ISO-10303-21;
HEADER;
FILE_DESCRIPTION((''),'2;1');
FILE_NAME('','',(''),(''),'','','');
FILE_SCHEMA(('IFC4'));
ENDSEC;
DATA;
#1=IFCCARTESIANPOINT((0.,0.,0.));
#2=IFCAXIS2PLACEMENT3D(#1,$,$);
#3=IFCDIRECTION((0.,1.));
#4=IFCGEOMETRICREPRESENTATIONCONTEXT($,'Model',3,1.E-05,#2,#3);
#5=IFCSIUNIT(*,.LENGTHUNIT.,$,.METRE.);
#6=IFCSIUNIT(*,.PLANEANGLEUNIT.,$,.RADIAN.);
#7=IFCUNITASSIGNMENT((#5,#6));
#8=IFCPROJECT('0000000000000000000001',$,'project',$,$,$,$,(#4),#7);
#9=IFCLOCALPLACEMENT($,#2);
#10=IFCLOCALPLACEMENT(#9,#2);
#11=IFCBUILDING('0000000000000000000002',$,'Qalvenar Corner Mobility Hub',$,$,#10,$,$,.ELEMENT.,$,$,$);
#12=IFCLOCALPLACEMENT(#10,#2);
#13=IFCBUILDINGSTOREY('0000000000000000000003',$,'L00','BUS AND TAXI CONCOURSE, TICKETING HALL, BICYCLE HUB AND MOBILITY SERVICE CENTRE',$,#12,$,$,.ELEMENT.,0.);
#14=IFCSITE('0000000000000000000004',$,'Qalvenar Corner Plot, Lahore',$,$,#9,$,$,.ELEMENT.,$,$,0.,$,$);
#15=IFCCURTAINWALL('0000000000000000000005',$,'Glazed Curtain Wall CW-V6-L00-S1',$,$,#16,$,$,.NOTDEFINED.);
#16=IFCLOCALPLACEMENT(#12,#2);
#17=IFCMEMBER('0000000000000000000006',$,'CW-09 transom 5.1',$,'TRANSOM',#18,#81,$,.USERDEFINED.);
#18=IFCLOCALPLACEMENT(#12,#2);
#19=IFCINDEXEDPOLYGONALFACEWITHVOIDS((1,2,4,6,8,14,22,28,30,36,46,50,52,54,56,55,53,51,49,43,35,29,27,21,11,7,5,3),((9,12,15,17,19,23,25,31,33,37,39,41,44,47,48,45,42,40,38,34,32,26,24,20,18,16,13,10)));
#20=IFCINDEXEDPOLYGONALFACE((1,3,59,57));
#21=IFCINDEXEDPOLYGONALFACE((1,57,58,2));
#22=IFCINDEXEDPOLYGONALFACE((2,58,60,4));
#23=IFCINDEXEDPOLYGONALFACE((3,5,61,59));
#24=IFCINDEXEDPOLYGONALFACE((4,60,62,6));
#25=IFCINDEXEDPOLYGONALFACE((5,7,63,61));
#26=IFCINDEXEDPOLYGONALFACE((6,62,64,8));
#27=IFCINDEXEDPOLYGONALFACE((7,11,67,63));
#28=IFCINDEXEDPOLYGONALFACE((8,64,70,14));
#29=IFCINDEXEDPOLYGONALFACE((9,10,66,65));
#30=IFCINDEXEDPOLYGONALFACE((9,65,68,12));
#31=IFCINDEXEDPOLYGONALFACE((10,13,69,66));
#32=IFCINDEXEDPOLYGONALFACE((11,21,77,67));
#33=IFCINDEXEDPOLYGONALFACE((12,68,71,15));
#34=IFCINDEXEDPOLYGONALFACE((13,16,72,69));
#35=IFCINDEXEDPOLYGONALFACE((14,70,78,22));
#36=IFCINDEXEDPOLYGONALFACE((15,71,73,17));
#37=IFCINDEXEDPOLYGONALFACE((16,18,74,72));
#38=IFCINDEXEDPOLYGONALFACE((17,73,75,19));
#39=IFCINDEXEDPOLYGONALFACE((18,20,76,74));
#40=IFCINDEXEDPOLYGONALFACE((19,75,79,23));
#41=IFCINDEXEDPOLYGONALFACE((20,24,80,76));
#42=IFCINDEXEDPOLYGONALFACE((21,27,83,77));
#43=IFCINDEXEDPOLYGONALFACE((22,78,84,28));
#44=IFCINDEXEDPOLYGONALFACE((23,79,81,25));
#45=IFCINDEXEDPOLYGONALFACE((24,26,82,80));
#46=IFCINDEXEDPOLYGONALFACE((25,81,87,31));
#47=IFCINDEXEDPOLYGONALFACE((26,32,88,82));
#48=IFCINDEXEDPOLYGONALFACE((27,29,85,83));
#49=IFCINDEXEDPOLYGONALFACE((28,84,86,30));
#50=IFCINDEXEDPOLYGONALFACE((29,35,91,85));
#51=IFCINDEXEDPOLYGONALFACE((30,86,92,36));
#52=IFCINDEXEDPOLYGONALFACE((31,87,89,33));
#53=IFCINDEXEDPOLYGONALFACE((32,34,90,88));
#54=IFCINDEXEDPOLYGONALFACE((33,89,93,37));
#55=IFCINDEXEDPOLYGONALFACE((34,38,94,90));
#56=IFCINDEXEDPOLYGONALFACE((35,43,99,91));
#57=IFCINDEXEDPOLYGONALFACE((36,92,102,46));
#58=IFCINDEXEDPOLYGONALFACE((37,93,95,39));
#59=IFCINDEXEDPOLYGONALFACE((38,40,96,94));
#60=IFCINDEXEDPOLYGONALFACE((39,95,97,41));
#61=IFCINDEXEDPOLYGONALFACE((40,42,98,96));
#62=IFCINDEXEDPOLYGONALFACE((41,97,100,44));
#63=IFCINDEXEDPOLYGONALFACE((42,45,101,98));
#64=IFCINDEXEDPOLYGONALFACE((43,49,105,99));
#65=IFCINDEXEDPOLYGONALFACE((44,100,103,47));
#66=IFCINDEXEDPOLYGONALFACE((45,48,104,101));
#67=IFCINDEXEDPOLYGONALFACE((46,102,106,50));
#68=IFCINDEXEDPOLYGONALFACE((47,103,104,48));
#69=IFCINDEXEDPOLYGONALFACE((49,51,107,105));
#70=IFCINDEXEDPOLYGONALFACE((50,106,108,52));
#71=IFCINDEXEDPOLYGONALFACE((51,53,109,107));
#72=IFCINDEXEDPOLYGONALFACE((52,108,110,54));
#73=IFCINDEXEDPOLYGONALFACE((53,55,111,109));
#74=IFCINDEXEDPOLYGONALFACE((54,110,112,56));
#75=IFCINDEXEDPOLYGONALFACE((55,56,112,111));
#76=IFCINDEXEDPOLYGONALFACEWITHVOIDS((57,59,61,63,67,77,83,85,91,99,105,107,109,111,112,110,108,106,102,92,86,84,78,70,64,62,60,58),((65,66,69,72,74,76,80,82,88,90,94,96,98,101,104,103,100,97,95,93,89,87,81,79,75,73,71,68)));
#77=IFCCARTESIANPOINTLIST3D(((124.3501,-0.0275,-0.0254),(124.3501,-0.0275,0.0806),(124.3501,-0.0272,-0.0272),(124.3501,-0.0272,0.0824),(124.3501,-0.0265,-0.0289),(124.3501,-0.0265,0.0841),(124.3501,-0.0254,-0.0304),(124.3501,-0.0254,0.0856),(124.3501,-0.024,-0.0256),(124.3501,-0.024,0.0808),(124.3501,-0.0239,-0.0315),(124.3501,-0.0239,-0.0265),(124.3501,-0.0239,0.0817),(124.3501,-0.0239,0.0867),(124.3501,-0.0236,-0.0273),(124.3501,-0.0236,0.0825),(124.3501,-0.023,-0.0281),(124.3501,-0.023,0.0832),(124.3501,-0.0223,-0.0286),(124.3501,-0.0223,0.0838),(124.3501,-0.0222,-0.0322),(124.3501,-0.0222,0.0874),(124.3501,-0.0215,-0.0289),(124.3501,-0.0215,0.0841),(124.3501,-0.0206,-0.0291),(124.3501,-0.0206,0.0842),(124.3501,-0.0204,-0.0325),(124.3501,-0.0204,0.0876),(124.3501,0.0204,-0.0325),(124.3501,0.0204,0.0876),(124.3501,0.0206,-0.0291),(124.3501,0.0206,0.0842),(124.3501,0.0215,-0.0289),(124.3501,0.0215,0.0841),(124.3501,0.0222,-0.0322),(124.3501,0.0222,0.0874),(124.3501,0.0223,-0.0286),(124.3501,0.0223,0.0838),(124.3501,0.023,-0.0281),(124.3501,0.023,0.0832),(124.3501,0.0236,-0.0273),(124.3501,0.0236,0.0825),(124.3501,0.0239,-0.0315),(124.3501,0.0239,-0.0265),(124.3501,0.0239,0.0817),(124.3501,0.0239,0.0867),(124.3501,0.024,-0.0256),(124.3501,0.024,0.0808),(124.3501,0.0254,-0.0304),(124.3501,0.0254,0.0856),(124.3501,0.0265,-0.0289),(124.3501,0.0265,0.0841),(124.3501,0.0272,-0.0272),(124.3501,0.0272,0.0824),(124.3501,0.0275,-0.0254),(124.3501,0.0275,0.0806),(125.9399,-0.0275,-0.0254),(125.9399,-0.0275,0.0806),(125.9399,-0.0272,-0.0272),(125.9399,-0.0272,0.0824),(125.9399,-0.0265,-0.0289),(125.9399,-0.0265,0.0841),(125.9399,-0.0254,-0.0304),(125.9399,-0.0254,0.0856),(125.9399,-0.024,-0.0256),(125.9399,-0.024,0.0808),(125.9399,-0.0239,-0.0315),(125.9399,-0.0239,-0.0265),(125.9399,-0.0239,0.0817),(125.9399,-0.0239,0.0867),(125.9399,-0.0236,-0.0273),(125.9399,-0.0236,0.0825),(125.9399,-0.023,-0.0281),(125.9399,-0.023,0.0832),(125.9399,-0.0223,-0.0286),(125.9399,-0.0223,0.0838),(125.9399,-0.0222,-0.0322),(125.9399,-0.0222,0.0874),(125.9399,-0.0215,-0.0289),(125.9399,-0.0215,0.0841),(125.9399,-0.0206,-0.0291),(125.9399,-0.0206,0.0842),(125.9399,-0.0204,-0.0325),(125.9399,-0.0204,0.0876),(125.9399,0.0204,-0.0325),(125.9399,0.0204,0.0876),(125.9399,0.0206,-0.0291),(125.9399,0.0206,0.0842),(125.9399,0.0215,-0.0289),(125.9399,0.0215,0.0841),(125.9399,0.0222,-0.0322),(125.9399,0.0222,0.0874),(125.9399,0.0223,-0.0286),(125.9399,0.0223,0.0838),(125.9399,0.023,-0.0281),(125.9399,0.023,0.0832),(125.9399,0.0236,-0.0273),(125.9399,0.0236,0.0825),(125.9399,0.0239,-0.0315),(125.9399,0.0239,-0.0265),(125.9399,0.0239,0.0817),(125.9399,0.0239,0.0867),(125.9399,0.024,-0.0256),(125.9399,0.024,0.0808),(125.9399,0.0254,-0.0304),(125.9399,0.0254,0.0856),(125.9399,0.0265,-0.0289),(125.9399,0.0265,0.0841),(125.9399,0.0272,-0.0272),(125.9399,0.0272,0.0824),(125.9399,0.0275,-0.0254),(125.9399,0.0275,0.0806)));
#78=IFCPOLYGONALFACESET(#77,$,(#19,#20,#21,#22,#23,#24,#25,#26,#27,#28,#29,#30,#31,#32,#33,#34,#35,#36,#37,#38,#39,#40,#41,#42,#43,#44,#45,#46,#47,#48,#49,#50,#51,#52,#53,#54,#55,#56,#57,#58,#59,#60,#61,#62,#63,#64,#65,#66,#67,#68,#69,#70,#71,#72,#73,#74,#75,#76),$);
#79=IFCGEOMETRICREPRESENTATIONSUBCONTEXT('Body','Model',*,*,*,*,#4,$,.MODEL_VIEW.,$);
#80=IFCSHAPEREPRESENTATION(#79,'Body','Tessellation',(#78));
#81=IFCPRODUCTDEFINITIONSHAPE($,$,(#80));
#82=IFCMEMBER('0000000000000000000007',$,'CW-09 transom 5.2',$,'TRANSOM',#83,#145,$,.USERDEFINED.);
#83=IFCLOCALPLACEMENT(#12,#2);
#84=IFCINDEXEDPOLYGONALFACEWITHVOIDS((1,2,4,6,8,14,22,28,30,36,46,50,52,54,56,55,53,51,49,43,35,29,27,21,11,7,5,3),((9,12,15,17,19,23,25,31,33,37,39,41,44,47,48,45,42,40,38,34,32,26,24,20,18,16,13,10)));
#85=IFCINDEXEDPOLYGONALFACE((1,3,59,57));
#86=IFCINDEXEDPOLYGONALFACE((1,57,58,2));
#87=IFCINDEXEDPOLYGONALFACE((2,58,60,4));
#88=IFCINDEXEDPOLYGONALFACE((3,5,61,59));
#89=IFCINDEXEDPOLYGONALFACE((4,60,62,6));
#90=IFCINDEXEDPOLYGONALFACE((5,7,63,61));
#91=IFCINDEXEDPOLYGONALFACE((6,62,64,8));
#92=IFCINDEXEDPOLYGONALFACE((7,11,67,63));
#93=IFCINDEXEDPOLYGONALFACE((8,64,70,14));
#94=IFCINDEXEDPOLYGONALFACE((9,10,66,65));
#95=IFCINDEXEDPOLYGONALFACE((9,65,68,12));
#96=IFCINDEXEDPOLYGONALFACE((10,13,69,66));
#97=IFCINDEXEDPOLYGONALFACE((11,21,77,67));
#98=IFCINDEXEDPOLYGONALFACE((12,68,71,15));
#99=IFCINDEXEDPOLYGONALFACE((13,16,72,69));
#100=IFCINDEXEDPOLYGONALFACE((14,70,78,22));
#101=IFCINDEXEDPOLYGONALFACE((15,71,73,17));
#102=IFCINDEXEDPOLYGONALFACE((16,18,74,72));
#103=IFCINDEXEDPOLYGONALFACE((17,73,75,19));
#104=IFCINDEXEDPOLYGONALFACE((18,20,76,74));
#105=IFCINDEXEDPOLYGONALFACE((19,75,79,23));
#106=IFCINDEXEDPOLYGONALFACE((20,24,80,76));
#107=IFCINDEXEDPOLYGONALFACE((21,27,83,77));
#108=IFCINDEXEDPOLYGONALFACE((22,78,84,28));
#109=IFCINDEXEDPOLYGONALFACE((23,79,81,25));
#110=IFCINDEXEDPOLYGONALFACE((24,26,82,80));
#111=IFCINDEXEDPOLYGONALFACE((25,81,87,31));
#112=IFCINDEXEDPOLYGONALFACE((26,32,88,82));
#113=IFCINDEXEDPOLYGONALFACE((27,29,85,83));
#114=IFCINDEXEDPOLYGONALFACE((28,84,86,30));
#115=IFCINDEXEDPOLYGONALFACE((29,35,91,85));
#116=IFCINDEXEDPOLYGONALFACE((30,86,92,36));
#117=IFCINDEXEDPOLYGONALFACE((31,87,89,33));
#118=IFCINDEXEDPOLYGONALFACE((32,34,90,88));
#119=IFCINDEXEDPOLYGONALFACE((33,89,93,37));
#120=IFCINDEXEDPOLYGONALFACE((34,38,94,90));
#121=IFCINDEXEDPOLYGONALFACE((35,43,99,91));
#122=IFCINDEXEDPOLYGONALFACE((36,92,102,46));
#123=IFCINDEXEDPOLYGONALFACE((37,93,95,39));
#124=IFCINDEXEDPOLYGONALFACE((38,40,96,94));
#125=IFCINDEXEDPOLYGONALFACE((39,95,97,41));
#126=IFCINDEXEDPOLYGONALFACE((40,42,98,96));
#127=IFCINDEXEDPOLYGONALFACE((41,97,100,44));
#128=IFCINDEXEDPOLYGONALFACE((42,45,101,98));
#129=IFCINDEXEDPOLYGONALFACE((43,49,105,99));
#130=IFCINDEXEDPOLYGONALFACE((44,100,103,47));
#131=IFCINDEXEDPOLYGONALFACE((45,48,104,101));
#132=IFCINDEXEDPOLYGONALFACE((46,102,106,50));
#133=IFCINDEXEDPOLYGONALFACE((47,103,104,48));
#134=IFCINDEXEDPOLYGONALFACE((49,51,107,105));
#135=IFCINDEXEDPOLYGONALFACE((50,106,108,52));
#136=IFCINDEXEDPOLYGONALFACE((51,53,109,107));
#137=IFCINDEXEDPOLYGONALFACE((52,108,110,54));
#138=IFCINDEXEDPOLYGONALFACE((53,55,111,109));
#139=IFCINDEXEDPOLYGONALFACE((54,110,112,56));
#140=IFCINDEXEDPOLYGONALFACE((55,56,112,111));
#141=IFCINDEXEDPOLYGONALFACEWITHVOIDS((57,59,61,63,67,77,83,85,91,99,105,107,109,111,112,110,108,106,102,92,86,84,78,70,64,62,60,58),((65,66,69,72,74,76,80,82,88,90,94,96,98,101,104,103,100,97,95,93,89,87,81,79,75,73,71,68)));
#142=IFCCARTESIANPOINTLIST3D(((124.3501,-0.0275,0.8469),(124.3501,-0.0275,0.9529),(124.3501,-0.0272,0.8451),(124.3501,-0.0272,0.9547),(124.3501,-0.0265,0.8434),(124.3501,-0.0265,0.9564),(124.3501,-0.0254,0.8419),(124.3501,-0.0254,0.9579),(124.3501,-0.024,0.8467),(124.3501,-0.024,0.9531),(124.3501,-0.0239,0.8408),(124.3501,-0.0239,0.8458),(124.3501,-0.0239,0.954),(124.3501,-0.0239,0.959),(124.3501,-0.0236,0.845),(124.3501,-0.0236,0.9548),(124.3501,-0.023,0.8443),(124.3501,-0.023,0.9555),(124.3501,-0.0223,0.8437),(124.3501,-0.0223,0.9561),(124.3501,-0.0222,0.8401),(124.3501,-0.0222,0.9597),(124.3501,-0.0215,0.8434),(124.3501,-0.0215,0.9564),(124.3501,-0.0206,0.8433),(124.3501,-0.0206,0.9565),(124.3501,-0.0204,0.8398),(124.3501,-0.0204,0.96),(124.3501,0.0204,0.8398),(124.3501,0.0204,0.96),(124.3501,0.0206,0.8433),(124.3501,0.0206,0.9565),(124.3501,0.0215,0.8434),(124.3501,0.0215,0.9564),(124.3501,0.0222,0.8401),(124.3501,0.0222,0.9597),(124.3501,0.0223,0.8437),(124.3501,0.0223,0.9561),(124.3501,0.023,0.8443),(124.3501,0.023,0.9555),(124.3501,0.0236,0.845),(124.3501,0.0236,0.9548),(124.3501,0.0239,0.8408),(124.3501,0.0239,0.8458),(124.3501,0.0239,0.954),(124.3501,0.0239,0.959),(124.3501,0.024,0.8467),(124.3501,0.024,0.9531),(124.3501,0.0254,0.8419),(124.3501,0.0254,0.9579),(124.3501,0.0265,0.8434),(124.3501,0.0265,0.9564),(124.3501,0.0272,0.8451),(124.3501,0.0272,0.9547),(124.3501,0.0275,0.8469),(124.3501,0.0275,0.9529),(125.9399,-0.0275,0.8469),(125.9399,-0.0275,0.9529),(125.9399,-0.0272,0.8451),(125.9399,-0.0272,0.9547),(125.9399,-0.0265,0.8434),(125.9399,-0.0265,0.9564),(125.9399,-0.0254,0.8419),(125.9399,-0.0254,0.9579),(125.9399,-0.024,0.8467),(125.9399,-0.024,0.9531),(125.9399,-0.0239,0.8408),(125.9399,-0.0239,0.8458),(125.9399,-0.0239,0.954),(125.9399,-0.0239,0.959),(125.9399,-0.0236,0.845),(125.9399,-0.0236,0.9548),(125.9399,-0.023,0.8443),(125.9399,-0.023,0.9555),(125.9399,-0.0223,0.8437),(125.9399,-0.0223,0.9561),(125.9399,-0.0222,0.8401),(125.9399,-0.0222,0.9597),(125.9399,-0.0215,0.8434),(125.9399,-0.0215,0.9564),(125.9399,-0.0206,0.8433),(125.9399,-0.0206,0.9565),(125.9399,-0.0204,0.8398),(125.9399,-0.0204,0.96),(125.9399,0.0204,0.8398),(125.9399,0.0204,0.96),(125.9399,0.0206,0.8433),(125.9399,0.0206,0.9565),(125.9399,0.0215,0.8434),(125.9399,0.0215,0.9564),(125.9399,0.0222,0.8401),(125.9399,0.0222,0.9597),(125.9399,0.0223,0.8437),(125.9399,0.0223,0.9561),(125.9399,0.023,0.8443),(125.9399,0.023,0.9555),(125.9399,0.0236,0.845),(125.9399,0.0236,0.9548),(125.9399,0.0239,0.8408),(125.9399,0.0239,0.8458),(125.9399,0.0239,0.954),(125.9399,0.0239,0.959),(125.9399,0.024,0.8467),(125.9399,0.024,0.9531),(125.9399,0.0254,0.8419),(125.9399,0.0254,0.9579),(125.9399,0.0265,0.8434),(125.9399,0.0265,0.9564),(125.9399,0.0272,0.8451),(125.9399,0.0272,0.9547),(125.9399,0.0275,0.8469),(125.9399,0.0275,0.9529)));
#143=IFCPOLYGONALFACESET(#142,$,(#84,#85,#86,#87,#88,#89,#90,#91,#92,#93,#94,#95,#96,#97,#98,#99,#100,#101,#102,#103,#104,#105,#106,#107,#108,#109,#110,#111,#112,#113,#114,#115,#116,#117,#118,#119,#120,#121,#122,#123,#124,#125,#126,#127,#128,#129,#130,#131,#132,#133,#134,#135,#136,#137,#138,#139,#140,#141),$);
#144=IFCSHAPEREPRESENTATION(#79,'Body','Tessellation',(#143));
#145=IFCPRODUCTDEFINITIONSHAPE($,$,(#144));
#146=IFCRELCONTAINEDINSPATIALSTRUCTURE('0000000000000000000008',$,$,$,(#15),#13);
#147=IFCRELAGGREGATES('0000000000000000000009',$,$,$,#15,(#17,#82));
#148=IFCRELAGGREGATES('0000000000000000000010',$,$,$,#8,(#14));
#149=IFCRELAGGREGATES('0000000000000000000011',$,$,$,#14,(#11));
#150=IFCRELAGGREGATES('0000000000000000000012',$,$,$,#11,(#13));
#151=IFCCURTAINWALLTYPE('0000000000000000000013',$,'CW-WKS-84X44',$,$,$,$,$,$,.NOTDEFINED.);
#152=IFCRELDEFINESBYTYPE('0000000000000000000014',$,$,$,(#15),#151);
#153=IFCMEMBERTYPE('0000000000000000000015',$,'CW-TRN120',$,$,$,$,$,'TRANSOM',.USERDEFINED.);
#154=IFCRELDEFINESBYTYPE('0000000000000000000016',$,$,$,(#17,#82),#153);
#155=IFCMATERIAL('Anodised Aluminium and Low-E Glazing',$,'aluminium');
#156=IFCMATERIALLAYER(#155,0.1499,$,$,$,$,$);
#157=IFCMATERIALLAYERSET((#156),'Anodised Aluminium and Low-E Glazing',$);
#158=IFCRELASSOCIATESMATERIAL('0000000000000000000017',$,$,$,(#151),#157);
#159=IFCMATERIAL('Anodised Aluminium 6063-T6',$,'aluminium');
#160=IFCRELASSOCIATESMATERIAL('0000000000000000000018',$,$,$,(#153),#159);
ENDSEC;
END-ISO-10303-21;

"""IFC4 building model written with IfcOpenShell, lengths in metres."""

from ifc_helpers import new_model, si_unit, direction, frame, origin, origin_2d, place, context, subcontext, project, spatial, hollow_rectangle, extrude, material, layer, layer_set, material_profile, profile_set, type_object, element, aggregate, save


model = new_model("IFC4")

# Units and contexts
model_context = context("Model", 3, precision=1e-05, world=origin(), true_north=direction((0.0, 1.0)))
body_context = subcontext(model_context, "Body", "Model", "MODEL_VIEW")
ifc_project = project(units=[si_unit("LENGTHUNIT", "METRE"), si_unit("PLANEANGLEUNIT", "RADIAN")], contexts=[model_context])

# Site, building, storey
site_placement = place(None, origin())
site = spatial("IfcSite", under=ifc_project, at=site_placement, Name="Qalvenar Corner Plot, Lahore", CompositionType="ELEMENT", RefElevation=0.0)
building_placement = place(site_placement, origin())
building = spatial("IfcBuilding", under=site, at=building_placement, Name="Qalvenar Corner Mobility Hub", CompositionType="ELEMENT")
storey_placement = place(building_placement, origin())
storey = spatial("IfcBuildingStorey", under=building, at=storey_placement, Name="L00", Description="BUS AND TAXI CONCOURSE, TICKETING HALL, BICYCLE HUB AND MOBILITY SERVICE CENTRE", CompositionType="ELEMENT", Elevation=0.0)

# Curtain wall
ifc_material_1 = material(Name="Anodised Aluminium and Low-E Glazing", Category="aluminium")
ifc_layer_1 = layer(ifc_material_1, 0.1499)
ifc_layer_set_1 = layer_set([ifc_layer_1], Name="Anodised Aluminium and Low-E Glazing")
curtain_wall_type = type_object("IfcCurtainWallType", Name="CW-WKS-84X44", PredefinedType="NOTDEFINED", material=ifc_layer_set_1)
curtain_wall_1_placement = place(storey_placement, origin())
curtain_wall_1 = element("IfcCurtainWall", 1, at=curtain_wall_1_placement, inside=storey, type_object=curtain_wall_type, Name="Glazed Curtain Wall CW-V6-L00-S1", PredefinedType="NOTDEFINED")
ifc_material_2 = material(Name="Anodised Aluminium 6063-T6", Category="aluminium")

# Members
ifc_material_profile_1 = material_profile(ifc_material_2, hollow_rectangle(XDim=0.0549, YDim=0.1201, WallThickness=0.0034, InnerFilletRadius=0.0034, OuterFilletRadius=0.0071, at=origin_2d()), Name="RHS120x55x3.5")
ifc_profile_set_1 = profile_set([ifc_material_profile_1], Name="Anodised Aluminium 6063-T6")
member_type_1 = type_object("IfcMemberType", Name="CW-TRN120", ElementType="TRANSOM", PredefinedType="USERDEFINED", material=ifc_profile_set_1)
member_1_placement = place(storey_placement, frame((124.3501, 0.0, 0.0276), z_axis=(1.0, 0.0, 0.0), x_axis=(0.0, 1.0, 0.0)))
member_1 = element("IfcMember", 2, at=member_1_placement, type_object=member_type_1, Name="CW-09 transom 5.1", ObjectType="TRANSOM", PredefinedType="USERDEFINED", context=body_context, shape_type="SweptSolid", body=[
    extrude(hollow_rectangle(XDim=0.0549, YDim=0.1201, WallThickness=0.0034, InnerFilletRadius=0.0034, OuterFilletRadius=0.0071, at=origin_2d()), origin(), (0.0, 0.0, 1.0), 1.5898),
])
member_2_placement = place(storey_placement, frame((124.3501, 0.0, 0.8999), z_axis=(1.0, 0.0, 0.0), x_axis=(0.0, 1.0, 0.0)))
member_2 = element("IfcMember", 3, at=member_2_placement, type_object=member_type_1, Name="CW-09 transom 5.2", ObjectType="TRANSOM", PredefinedType="USERDEFINED", context=body_context, shape_type="SweptSolid", body=[
    extrude(hollow_rectangle(XDim=0.0549, YDim=0.1201, WallThickness=0.0034, InnerFilletRadius=0.0034, OuterFilletRadius=0.0071, at=origin_2d()), origin(), (0.0, 0.0, 1.0), 1.5898),
])

aggregate(curtain_wall_1, [member_1, member_2])

save(model, "model.ifc")
